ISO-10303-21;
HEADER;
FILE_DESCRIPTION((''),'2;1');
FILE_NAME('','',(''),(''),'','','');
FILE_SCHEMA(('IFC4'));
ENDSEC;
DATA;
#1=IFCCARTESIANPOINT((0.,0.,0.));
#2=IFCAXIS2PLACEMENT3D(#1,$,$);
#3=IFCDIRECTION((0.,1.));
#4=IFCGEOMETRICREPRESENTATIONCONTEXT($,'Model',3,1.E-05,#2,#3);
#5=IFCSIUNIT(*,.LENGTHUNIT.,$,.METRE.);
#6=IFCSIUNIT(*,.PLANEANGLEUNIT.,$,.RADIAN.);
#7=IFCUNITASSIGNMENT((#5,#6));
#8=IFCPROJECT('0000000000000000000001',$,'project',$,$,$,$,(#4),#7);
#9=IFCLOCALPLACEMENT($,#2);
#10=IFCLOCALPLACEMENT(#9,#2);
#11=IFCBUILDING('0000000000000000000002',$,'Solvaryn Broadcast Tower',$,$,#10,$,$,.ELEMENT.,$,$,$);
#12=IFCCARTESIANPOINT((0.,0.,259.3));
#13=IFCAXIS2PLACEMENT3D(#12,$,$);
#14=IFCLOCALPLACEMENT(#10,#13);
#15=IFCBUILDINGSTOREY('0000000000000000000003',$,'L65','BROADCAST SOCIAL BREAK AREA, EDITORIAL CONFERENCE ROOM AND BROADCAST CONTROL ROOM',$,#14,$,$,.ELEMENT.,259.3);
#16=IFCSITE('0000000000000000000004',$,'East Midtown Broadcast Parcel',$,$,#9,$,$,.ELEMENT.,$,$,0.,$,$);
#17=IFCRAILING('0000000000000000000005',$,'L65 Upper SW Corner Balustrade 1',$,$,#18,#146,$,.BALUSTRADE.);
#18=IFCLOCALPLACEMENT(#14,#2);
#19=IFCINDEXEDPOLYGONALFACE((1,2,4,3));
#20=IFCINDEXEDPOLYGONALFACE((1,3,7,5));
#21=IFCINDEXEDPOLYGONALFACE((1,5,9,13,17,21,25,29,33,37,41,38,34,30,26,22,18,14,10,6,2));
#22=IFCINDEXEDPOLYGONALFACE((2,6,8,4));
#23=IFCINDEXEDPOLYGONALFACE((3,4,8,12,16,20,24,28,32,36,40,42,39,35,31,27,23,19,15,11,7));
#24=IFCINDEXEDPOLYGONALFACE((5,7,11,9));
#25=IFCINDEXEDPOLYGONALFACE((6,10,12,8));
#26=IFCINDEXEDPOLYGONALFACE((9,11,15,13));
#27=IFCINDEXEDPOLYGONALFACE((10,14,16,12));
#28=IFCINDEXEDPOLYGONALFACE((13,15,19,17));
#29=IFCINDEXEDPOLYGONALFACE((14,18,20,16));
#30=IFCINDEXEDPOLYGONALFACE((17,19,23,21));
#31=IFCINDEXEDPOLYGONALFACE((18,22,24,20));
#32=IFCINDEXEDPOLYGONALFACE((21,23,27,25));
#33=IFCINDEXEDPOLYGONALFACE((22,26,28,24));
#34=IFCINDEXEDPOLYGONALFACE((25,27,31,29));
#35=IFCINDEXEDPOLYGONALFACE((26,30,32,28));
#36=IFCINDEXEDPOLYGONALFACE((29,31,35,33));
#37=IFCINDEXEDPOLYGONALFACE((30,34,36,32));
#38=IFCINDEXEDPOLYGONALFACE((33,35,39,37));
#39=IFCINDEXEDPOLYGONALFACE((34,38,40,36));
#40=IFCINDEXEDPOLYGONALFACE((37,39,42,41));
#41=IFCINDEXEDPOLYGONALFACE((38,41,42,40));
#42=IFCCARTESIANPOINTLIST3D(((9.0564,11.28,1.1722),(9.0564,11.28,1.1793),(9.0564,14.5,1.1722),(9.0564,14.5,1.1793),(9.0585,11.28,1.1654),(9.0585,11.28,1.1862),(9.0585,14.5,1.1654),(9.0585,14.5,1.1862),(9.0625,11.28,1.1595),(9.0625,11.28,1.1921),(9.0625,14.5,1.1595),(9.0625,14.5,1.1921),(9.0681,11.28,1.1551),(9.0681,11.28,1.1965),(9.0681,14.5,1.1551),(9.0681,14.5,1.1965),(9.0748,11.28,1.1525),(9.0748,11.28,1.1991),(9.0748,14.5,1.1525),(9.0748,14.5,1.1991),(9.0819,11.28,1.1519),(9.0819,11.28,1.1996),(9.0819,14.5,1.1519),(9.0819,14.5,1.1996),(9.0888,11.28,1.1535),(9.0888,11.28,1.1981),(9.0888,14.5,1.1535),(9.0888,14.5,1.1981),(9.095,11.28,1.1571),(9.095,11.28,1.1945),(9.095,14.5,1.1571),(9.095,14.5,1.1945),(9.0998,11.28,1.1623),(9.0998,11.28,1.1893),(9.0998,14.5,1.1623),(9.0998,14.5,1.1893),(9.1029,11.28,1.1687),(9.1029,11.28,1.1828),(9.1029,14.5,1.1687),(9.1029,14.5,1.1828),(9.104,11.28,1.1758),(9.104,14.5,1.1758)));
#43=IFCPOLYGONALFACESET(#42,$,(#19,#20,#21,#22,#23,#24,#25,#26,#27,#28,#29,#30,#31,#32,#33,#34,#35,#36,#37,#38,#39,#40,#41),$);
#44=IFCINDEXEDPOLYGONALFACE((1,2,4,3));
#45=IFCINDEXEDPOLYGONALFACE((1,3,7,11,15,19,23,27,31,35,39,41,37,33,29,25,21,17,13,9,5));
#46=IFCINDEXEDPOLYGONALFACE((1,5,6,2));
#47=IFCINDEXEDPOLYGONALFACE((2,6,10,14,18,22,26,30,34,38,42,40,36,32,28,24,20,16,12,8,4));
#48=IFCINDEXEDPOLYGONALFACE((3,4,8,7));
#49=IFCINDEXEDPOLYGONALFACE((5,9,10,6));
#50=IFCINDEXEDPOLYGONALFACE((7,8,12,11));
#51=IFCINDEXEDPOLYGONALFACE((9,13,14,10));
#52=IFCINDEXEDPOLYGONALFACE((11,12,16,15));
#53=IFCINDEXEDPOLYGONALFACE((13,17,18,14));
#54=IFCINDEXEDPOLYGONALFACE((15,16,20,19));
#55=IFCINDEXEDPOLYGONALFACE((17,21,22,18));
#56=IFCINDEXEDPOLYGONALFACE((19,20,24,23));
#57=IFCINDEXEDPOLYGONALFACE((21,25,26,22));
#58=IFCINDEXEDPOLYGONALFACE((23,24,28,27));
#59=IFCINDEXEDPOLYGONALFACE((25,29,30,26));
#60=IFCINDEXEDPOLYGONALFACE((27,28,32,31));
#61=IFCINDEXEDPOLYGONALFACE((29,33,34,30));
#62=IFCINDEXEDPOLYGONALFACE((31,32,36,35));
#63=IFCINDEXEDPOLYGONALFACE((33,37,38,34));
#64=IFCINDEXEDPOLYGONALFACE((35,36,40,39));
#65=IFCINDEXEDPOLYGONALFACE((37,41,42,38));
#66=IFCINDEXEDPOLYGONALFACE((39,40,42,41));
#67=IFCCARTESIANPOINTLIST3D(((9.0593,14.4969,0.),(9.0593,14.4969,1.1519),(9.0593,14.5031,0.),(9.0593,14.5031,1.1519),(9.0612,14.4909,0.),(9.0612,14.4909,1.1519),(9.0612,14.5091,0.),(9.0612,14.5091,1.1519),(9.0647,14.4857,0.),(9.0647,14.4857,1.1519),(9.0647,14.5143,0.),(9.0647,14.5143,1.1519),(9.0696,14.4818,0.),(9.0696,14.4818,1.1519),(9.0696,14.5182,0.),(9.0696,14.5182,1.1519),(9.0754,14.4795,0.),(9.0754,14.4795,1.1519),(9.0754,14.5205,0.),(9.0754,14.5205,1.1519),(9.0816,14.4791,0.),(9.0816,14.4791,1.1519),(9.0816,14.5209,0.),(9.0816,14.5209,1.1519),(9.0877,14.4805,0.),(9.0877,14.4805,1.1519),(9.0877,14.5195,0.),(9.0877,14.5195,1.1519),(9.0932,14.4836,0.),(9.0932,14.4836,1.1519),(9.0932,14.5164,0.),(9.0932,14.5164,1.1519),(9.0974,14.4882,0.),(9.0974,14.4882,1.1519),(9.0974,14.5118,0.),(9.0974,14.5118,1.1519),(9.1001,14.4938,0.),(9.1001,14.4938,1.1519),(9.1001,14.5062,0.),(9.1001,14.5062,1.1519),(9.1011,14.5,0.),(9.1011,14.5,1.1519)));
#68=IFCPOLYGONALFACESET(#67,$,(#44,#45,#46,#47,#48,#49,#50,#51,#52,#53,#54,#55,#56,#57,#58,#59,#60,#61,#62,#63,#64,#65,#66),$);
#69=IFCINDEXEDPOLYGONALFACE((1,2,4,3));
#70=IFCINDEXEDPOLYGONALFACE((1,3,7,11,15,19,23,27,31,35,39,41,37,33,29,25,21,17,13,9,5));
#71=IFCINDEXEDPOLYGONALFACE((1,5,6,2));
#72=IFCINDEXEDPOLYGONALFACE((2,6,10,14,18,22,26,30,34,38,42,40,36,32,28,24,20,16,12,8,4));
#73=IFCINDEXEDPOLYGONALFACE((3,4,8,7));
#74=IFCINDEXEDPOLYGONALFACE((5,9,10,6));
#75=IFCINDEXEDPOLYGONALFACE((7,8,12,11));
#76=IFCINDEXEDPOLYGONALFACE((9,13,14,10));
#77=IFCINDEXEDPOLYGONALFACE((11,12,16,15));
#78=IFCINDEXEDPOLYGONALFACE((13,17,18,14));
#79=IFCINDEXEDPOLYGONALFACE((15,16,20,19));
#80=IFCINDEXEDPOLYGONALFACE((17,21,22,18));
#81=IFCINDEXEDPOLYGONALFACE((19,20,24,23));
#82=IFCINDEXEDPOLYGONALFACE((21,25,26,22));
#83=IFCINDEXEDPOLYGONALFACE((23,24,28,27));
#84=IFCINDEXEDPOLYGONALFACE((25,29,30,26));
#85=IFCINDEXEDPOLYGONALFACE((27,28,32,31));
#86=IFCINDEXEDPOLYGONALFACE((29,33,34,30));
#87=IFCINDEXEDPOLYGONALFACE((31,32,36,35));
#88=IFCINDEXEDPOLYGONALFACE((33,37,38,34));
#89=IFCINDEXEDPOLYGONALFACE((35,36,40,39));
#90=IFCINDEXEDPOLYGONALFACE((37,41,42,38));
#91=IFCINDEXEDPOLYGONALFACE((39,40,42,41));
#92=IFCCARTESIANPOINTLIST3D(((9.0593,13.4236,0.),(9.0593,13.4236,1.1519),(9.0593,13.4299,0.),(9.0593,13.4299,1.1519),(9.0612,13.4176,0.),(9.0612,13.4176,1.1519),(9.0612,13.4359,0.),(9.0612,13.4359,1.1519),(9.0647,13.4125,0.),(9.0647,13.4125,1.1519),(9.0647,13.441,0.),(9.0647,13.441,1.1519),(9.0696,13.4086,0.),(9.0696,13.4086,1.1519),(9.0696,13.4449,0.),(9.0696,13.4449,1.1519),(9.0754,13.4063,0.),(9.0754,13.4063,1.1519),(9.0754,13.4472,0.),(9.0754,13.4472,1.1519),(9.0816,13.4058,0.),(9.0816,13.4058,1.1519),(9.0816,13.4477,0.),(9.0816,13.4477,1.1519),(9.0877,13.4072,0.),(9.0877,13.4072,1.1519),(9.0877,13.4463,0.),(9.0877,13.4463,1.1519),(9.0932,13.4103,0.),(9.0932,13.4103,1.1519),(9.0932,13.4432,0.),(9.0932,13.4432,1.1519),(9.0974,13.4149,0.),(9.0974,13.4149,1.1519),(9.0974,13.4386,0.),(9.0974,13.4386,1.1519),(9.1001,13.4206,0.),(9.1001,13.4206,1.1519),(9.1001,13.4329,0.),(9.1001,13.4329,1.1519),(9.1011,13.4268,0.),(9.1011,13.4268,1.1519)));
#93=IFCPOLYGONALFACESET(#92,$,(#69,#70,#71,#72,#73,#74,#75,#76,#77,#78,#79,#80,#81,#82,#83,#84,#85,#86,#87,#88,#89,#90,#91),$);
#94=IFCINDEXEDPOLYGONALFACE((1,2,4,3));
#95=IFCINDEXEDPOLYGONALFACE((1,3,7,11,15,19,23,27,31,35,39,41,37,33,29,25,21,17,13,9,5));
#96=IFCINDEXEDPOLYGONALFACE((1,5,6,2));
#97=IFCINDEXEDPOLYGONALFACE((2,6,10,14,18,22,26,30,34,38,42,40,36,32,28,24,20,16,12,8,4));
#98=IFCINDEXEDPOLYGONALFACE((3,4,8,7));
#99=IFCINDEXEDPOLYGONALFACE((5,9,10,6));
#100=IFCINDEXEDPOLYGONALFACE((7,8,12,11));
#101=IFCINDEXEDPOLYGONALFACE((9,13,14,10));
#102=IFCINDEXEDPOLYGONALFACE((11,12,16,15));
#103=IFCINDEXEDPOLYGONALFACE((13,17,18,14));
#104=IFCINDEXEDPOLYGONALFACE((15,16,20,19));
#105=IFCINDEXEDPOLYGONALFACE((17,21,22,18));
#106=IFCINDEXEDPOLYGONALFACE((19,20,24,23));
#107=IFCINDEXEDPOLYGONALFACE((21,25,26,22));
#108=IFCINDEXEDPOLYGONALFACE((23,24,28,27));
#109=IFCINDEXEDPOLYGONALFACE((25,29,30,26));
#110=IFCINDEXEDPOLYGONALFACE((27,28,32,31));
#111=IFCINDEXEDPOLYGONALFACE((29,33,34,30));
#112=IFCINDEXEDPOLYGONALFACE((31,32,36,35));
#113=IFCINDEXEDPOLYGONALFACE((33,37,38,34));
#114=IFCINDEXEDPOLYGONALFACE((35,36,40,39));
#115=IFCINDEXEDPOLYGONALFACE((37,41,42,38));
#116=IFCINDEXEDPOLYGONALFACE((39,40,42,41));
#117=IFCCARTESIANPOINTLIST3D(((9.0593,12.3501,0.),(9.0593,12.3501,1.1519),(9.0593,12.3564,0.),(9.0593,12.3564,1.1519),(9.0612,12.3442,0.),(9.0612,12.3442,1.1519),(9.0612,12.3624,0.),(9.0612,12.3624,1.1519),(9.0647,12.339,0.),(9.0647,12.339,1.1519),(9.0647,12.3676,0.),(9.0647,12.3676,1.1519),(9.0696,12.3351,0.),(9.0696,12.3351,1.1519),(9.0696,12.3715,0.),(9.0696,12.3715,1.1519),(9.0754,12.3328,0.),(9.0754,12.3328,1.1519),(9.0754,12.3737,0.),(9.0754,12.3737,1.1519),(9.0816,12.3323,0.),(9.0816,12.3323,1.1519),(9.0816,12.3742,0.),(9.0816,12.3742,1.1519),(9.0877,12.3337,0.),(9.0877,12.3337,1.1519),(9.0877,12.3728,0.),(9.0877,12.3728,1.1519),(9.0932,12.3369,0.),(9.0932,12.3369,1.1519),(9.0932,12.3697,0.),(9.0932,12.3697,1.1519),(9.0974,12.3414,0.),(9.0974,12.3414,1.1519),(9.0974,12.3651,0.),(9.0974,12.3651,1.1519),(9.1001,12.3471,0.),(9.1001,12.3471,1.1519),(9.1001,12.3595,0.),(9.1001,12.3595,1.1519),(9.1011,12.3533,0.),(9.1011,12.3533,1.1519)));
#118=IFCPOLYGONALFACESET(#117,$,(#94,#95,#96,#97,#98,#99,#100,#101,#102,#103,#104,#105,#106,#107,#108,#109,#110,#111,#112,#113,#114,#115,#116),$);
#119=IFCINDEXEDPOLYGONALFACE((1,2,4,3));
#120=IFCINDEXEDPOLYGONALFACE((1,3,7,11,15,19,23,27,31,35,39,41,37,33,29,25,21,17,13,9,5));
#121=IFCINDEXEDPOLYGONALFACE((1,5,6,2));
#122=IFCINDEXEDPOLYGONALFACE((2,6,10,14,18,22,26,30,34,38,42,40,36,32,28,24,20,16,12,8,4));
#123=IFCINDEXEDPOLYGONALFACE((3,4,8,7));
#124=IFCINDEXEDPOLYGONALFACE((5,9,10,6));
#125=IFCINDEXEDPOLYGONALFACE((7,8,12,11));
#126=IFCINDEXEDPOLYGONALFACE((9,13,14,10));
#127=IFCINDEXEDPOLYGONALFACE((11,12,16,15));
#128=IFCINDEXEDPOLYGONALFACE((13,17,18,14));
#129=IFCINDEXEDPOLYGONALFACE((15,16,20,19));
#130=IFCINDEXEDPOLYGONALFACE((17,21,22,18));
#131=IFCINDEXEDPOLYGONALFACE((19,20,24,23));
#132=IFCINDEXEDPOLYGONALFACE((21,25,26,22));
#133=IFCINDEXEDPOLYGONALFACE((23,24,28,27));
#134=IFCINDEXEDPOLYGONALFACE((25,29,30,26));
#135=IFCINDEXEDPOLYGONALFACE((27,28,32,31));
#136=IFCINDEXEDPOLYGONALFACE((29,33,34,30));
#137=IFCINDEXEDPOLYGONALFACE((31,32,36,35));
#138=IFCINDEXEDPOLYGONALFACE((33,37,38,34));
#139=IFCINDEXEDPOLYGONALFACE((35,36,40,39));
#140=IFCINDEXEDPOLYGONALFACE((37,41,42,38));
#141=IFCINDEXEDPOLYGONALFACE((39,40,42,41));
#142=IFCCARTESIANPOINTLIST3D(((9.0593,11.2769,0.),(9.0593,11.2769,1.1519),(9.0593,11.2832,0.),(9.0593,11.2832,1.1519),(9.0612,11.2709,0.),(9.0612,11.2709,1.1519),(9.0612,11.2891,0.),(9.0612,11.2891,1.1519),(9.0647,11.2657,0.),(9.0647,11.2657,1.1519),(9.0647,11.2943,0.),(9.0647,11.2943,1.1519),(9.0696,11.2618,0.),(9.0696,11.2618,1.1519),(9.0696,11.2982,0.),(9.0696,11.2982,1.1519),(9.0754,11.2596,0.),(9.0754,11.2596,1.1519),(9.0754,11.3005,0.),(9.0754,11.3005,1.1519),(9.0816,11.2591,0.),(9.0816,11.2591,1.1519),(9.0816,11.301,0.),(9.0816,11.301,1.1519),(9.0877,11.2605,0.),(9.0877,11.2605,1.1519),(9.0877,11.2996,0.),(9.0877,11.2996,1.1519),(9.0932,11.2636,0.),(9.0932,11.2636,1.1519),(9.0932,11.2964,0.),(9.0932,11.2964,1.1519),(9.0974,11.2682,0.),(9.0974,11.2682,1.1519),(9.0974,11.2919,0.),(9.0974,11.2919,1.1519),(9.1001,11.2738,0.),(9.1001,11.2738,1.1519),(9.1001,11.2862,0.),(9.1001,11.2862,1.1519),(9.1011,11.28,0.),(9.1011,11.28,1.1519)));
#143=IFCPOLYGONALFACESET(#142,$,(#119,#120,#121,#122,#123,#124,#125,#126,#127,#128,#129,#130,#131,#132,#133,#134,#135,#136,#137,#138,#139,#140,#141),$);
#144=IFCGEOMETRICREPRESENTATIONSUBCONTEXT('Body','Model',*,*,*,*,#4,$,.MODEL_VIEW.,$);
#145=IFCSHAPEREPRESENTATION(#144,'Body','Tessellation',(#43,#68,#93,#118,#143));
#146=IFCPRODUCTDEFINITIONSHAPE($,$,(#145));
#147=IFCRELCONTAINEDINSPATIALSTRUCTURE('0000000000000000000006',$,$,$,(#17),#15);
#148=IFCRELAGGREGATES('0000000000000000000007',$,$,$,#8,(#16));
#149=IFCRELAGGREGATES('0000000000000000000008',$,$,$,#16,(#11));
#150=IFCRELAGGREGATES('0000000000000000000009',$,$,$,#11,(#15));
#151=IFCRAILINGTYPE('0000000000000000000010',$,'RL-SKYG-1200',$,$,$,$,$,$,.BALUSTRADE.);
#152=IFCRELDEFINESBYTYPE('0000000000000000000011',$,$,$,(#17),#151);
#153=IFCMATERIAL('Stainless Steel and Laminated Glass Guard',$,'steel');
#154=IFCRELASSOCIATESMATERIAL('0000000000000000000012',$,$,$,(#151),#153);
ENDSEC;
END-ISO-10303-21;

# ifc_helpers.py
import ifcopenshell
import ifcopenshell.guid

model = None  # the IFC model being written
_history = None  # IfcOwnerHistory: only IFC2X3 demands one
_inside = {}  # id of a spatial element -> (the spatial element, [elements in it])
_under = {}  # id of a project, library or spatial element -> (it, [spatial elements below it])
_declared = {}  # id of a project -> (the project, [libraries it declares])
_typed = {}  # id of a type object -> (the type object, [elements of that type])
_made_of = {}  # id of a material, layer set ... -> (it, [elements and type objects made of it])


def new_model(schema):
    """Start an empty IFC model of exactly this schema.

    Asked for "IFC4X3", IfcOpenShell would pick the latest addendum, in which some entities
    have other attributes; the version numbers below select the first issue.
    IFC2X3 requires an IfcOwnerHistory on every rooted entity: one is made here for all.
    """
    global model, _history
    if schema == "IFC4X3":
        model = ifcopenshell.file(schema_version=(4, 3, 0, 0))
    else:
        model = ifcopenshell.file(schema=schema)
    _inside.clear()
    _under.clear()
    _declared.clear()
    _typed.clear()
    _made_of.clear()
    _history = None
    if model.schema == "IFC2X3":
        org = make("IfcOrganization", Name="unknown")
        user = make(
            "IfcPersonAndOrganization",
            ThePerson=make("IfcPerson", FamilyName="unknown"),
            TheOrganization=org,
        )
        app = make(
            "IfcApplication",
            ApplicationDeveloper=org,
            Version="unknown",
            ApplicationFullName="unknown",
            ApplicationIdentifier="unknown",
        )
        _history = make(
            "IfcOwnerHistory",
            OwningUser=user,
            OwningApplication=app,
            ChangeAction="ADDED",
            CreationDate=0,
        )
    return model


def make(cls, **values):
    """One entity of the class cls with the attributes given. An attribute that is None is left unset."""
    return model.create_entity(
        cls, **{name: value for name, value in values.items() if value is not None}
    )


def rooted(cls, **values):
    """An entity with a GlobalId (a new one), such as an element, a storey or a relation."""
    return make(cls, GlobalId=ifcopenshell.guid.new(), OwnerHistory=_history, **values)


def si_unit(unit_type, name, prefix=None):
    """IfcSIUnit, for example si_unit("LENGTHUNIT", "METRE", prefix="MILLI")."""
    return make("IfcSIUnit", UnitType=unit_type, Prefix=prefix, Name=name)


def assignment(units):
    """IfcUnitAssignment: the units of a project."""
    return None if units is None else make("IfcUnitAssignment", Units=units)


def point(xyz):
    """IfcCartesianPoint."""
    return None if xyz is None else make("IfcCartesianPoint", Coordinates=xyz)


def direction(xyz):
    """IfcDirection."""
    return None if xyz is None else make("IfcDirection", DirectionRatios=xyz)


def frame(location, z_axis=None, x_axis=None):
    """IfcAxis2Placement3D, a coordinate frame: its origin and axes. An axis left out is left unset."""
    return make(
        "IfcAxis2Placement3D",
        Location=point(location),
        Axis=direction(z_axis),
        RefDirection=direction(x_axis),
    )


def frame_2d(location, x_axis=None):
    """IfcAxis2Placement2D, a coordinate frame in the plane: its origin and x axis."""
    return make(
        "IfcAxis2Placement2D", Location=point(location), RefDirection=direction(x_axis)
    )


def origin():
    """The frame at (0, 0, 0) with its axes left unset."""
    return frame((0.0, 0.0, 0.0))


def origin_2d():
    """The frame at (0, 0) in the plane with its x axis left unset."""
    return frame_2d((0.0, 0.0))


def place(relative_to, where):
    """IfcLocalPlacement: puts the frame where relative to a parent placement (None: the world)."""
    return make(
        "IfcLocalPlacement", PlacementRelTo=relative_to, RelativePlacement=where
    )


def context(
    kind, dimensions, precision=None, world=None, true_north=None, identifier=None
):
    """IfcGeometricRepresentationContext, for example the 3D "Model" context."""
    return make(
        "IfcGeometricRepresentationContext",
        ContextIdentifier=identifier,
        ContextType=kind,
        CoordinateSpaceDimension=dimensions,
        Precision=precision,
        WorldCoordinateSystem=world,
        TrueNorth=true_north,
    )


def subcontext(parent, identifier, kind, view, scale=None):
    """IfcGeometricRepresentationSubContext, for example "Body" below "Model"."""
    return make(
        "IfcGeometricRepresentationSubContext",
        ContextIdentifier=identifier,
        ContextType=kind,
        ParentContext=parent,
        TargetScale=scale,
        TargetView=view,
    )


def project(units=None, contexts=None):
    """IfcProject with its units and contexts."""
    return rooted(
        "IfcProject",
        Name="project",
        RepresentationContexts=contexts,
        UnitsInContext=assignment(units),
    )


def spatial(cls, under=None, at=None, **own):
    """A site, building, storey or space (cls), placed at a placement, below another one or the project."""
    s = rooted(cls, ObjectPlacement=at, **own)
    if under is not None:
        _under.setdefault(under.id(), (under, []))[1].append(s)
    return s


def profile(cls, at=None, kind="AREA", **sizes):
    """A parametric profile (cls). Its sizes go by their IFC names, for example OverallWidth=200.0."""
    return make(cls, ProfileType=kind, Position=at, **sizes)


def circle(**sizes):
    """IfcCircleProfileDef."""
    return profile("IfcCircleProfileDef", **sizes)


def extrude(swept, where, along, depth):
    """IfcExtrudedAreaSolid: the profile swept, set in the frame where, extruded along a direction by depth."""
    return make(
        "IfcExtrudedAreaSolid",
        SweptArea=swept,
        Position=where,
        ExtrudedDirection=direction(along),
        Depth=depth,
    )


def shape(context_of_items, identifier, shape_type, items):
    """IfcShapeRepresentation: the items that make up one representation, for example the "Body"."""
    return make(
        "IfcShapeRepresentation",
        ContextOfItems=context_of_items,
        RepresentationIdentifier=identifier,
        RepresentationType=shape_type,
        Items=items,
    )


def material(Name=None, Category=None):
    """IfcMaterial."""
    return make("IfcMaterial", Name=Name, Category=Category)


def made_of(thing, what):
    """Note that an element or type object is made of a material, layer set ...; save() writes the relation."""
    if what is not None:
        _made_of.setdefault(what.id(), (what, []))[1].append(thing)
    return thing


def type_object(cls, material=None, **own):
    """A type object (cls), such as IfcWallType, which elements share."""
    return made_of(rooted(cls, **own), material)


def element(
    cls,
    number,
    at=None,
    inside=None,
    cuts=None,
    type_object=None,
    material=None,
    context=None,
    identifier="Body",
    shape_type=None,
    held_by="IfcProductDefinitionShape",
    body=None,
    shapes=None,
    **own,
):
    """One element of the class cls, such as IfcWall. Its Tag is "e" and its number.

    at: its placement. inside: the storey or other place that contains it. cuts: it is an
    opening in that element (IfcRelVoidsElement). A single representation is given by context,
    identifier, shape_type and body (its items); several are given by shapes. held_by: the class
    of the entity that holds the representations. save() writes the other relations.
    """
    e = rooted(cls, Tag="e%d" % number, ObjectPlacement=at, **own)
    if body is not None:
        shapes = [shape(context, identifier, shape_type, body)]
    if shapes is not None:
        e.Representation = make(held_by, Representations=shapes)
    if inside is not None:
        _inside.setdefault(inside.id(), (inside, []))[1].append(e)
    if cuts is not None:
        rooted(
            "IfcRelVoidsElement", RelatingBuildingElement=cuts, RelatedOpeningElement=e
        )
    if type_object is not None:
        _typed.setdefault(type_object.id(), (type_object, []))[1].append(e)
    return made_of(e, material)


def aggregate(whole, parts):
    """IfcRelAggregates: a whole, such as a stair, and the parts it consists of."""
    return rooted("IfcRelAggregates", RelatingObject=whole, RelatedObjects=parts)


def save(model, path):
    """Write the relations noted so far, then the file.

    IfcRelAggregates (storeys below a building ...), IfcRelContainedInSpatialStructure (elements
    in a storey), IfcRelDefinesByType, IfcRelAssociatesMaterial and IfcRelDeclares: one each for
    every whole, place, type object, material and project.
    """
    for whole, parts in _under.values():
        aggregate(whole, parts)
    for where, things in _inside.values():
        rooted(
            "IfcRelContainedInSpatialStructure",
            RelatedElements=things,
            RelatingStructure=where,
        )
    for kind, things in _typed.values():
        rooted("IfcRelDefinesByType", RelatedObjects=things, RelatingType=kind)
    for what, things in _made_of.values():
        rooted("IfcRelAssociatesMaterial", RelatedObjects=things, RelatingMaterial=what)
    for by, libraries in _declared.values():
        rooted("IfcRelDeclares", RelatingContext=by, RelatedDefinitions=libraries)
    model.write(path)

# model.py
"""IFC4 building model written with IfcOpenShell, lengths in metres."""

from ifc_helpers import new_model, si_unit, direction, frame, origin, origin_2d, place, context, subcontext, project, spatial, circle, extrude, material, type_object, element, save


model = new_model("IFC4")

# Units and contexts
model_context = context("Model", 3, precision=1e-05, world=origin(), true_north=direction((0.0, 1.0)))
body_context = subcontext(model_context, "Body", "Model", "MODEL_VIEW")
ifc_project = project(units=[si_unit("LENGTHUNIT", "METRE"), si_unit("PLANEANGLEUNIT", "RADIAN")], contexts=[model_context])

# Site, building, storey
site_placement = place(None, origin())
site = spatial("IfcSite", under=ifc_project, at=site_placement, Name="East Midtown Broadcast Parcel", CompositionType="ELEMENT", RefElevation=0.0)
building_placement = place(site_placement, origin())
building = spatial("IfcBuilding", under=site, at=building_placement, Name="Solvaryn Broadcast Tower", CompositionType="ELEMENT")
storey_placement = place(building_placement, frame((0.0, 0.0, 259.3)))
storey = spatial("IfcBuildingStorey", under=building, at=storey_placement, Name="L65", Description="BROADCAST SOCIAL BREAK AREA, EDITORIAL CONFERENCE ROOM AND BROADCAST CONTROL ROOM", CompositionType="ELEMENT", Elevation=259.3)

# Railing
ifc_material_1 = material(Name="Stainless Steel and Laminated Glass Guard", Category="steel")
railing_type = type_object("IfcRailingType", Name="RL-SKYG-1200", PredefinedType="BALUSTRADE", material=ifc_material_1)
railing_1_placement = place(storey_placement, frame((9.0801, 14.5, 0.0)))
element("IfcRailing", 1, at=railing_1_placement, inside=storey, type_object=railing_type, Name="L65 Upper SW Corner Balustrade 1", PredefinedType="BALUSTRADE", context=body_context, shape_type="SweptSolid", body=[
    extrude(circle(Radius=0.0239, at=origin_2d()), frame((0.0, 0.0, 1.1758), z_axis=(0.0, -1.0, 0.0), x_axis=(1.0, 0.0, 0.0)), (0.0, 0.0, 1.0), 3.22),
    extrude(circle(Radius=0.021, at=origin_2d()), origin(), (0.0, 0.0, 1.0), 1.1519),
    extrude(circle(Radius=0.021, at=origin_2d()), frame((0.0, -1.0732, 0.0)), (0.0, 0.0, 1.0), 1.1519),
    extrude(circle(Radius=0.021, at=origin_2d()), frame((0.0, -2.1467, 0.0)), (0.0, 0.0, 1.0), 1.1519),
    extrude(circle(Radius=0.021, at=origin_2d()), frame((0.0, -3.22, 0.0)), (0.0, 0.0, 1.0), 1.1519),
])

save(model, "model.ifc")
